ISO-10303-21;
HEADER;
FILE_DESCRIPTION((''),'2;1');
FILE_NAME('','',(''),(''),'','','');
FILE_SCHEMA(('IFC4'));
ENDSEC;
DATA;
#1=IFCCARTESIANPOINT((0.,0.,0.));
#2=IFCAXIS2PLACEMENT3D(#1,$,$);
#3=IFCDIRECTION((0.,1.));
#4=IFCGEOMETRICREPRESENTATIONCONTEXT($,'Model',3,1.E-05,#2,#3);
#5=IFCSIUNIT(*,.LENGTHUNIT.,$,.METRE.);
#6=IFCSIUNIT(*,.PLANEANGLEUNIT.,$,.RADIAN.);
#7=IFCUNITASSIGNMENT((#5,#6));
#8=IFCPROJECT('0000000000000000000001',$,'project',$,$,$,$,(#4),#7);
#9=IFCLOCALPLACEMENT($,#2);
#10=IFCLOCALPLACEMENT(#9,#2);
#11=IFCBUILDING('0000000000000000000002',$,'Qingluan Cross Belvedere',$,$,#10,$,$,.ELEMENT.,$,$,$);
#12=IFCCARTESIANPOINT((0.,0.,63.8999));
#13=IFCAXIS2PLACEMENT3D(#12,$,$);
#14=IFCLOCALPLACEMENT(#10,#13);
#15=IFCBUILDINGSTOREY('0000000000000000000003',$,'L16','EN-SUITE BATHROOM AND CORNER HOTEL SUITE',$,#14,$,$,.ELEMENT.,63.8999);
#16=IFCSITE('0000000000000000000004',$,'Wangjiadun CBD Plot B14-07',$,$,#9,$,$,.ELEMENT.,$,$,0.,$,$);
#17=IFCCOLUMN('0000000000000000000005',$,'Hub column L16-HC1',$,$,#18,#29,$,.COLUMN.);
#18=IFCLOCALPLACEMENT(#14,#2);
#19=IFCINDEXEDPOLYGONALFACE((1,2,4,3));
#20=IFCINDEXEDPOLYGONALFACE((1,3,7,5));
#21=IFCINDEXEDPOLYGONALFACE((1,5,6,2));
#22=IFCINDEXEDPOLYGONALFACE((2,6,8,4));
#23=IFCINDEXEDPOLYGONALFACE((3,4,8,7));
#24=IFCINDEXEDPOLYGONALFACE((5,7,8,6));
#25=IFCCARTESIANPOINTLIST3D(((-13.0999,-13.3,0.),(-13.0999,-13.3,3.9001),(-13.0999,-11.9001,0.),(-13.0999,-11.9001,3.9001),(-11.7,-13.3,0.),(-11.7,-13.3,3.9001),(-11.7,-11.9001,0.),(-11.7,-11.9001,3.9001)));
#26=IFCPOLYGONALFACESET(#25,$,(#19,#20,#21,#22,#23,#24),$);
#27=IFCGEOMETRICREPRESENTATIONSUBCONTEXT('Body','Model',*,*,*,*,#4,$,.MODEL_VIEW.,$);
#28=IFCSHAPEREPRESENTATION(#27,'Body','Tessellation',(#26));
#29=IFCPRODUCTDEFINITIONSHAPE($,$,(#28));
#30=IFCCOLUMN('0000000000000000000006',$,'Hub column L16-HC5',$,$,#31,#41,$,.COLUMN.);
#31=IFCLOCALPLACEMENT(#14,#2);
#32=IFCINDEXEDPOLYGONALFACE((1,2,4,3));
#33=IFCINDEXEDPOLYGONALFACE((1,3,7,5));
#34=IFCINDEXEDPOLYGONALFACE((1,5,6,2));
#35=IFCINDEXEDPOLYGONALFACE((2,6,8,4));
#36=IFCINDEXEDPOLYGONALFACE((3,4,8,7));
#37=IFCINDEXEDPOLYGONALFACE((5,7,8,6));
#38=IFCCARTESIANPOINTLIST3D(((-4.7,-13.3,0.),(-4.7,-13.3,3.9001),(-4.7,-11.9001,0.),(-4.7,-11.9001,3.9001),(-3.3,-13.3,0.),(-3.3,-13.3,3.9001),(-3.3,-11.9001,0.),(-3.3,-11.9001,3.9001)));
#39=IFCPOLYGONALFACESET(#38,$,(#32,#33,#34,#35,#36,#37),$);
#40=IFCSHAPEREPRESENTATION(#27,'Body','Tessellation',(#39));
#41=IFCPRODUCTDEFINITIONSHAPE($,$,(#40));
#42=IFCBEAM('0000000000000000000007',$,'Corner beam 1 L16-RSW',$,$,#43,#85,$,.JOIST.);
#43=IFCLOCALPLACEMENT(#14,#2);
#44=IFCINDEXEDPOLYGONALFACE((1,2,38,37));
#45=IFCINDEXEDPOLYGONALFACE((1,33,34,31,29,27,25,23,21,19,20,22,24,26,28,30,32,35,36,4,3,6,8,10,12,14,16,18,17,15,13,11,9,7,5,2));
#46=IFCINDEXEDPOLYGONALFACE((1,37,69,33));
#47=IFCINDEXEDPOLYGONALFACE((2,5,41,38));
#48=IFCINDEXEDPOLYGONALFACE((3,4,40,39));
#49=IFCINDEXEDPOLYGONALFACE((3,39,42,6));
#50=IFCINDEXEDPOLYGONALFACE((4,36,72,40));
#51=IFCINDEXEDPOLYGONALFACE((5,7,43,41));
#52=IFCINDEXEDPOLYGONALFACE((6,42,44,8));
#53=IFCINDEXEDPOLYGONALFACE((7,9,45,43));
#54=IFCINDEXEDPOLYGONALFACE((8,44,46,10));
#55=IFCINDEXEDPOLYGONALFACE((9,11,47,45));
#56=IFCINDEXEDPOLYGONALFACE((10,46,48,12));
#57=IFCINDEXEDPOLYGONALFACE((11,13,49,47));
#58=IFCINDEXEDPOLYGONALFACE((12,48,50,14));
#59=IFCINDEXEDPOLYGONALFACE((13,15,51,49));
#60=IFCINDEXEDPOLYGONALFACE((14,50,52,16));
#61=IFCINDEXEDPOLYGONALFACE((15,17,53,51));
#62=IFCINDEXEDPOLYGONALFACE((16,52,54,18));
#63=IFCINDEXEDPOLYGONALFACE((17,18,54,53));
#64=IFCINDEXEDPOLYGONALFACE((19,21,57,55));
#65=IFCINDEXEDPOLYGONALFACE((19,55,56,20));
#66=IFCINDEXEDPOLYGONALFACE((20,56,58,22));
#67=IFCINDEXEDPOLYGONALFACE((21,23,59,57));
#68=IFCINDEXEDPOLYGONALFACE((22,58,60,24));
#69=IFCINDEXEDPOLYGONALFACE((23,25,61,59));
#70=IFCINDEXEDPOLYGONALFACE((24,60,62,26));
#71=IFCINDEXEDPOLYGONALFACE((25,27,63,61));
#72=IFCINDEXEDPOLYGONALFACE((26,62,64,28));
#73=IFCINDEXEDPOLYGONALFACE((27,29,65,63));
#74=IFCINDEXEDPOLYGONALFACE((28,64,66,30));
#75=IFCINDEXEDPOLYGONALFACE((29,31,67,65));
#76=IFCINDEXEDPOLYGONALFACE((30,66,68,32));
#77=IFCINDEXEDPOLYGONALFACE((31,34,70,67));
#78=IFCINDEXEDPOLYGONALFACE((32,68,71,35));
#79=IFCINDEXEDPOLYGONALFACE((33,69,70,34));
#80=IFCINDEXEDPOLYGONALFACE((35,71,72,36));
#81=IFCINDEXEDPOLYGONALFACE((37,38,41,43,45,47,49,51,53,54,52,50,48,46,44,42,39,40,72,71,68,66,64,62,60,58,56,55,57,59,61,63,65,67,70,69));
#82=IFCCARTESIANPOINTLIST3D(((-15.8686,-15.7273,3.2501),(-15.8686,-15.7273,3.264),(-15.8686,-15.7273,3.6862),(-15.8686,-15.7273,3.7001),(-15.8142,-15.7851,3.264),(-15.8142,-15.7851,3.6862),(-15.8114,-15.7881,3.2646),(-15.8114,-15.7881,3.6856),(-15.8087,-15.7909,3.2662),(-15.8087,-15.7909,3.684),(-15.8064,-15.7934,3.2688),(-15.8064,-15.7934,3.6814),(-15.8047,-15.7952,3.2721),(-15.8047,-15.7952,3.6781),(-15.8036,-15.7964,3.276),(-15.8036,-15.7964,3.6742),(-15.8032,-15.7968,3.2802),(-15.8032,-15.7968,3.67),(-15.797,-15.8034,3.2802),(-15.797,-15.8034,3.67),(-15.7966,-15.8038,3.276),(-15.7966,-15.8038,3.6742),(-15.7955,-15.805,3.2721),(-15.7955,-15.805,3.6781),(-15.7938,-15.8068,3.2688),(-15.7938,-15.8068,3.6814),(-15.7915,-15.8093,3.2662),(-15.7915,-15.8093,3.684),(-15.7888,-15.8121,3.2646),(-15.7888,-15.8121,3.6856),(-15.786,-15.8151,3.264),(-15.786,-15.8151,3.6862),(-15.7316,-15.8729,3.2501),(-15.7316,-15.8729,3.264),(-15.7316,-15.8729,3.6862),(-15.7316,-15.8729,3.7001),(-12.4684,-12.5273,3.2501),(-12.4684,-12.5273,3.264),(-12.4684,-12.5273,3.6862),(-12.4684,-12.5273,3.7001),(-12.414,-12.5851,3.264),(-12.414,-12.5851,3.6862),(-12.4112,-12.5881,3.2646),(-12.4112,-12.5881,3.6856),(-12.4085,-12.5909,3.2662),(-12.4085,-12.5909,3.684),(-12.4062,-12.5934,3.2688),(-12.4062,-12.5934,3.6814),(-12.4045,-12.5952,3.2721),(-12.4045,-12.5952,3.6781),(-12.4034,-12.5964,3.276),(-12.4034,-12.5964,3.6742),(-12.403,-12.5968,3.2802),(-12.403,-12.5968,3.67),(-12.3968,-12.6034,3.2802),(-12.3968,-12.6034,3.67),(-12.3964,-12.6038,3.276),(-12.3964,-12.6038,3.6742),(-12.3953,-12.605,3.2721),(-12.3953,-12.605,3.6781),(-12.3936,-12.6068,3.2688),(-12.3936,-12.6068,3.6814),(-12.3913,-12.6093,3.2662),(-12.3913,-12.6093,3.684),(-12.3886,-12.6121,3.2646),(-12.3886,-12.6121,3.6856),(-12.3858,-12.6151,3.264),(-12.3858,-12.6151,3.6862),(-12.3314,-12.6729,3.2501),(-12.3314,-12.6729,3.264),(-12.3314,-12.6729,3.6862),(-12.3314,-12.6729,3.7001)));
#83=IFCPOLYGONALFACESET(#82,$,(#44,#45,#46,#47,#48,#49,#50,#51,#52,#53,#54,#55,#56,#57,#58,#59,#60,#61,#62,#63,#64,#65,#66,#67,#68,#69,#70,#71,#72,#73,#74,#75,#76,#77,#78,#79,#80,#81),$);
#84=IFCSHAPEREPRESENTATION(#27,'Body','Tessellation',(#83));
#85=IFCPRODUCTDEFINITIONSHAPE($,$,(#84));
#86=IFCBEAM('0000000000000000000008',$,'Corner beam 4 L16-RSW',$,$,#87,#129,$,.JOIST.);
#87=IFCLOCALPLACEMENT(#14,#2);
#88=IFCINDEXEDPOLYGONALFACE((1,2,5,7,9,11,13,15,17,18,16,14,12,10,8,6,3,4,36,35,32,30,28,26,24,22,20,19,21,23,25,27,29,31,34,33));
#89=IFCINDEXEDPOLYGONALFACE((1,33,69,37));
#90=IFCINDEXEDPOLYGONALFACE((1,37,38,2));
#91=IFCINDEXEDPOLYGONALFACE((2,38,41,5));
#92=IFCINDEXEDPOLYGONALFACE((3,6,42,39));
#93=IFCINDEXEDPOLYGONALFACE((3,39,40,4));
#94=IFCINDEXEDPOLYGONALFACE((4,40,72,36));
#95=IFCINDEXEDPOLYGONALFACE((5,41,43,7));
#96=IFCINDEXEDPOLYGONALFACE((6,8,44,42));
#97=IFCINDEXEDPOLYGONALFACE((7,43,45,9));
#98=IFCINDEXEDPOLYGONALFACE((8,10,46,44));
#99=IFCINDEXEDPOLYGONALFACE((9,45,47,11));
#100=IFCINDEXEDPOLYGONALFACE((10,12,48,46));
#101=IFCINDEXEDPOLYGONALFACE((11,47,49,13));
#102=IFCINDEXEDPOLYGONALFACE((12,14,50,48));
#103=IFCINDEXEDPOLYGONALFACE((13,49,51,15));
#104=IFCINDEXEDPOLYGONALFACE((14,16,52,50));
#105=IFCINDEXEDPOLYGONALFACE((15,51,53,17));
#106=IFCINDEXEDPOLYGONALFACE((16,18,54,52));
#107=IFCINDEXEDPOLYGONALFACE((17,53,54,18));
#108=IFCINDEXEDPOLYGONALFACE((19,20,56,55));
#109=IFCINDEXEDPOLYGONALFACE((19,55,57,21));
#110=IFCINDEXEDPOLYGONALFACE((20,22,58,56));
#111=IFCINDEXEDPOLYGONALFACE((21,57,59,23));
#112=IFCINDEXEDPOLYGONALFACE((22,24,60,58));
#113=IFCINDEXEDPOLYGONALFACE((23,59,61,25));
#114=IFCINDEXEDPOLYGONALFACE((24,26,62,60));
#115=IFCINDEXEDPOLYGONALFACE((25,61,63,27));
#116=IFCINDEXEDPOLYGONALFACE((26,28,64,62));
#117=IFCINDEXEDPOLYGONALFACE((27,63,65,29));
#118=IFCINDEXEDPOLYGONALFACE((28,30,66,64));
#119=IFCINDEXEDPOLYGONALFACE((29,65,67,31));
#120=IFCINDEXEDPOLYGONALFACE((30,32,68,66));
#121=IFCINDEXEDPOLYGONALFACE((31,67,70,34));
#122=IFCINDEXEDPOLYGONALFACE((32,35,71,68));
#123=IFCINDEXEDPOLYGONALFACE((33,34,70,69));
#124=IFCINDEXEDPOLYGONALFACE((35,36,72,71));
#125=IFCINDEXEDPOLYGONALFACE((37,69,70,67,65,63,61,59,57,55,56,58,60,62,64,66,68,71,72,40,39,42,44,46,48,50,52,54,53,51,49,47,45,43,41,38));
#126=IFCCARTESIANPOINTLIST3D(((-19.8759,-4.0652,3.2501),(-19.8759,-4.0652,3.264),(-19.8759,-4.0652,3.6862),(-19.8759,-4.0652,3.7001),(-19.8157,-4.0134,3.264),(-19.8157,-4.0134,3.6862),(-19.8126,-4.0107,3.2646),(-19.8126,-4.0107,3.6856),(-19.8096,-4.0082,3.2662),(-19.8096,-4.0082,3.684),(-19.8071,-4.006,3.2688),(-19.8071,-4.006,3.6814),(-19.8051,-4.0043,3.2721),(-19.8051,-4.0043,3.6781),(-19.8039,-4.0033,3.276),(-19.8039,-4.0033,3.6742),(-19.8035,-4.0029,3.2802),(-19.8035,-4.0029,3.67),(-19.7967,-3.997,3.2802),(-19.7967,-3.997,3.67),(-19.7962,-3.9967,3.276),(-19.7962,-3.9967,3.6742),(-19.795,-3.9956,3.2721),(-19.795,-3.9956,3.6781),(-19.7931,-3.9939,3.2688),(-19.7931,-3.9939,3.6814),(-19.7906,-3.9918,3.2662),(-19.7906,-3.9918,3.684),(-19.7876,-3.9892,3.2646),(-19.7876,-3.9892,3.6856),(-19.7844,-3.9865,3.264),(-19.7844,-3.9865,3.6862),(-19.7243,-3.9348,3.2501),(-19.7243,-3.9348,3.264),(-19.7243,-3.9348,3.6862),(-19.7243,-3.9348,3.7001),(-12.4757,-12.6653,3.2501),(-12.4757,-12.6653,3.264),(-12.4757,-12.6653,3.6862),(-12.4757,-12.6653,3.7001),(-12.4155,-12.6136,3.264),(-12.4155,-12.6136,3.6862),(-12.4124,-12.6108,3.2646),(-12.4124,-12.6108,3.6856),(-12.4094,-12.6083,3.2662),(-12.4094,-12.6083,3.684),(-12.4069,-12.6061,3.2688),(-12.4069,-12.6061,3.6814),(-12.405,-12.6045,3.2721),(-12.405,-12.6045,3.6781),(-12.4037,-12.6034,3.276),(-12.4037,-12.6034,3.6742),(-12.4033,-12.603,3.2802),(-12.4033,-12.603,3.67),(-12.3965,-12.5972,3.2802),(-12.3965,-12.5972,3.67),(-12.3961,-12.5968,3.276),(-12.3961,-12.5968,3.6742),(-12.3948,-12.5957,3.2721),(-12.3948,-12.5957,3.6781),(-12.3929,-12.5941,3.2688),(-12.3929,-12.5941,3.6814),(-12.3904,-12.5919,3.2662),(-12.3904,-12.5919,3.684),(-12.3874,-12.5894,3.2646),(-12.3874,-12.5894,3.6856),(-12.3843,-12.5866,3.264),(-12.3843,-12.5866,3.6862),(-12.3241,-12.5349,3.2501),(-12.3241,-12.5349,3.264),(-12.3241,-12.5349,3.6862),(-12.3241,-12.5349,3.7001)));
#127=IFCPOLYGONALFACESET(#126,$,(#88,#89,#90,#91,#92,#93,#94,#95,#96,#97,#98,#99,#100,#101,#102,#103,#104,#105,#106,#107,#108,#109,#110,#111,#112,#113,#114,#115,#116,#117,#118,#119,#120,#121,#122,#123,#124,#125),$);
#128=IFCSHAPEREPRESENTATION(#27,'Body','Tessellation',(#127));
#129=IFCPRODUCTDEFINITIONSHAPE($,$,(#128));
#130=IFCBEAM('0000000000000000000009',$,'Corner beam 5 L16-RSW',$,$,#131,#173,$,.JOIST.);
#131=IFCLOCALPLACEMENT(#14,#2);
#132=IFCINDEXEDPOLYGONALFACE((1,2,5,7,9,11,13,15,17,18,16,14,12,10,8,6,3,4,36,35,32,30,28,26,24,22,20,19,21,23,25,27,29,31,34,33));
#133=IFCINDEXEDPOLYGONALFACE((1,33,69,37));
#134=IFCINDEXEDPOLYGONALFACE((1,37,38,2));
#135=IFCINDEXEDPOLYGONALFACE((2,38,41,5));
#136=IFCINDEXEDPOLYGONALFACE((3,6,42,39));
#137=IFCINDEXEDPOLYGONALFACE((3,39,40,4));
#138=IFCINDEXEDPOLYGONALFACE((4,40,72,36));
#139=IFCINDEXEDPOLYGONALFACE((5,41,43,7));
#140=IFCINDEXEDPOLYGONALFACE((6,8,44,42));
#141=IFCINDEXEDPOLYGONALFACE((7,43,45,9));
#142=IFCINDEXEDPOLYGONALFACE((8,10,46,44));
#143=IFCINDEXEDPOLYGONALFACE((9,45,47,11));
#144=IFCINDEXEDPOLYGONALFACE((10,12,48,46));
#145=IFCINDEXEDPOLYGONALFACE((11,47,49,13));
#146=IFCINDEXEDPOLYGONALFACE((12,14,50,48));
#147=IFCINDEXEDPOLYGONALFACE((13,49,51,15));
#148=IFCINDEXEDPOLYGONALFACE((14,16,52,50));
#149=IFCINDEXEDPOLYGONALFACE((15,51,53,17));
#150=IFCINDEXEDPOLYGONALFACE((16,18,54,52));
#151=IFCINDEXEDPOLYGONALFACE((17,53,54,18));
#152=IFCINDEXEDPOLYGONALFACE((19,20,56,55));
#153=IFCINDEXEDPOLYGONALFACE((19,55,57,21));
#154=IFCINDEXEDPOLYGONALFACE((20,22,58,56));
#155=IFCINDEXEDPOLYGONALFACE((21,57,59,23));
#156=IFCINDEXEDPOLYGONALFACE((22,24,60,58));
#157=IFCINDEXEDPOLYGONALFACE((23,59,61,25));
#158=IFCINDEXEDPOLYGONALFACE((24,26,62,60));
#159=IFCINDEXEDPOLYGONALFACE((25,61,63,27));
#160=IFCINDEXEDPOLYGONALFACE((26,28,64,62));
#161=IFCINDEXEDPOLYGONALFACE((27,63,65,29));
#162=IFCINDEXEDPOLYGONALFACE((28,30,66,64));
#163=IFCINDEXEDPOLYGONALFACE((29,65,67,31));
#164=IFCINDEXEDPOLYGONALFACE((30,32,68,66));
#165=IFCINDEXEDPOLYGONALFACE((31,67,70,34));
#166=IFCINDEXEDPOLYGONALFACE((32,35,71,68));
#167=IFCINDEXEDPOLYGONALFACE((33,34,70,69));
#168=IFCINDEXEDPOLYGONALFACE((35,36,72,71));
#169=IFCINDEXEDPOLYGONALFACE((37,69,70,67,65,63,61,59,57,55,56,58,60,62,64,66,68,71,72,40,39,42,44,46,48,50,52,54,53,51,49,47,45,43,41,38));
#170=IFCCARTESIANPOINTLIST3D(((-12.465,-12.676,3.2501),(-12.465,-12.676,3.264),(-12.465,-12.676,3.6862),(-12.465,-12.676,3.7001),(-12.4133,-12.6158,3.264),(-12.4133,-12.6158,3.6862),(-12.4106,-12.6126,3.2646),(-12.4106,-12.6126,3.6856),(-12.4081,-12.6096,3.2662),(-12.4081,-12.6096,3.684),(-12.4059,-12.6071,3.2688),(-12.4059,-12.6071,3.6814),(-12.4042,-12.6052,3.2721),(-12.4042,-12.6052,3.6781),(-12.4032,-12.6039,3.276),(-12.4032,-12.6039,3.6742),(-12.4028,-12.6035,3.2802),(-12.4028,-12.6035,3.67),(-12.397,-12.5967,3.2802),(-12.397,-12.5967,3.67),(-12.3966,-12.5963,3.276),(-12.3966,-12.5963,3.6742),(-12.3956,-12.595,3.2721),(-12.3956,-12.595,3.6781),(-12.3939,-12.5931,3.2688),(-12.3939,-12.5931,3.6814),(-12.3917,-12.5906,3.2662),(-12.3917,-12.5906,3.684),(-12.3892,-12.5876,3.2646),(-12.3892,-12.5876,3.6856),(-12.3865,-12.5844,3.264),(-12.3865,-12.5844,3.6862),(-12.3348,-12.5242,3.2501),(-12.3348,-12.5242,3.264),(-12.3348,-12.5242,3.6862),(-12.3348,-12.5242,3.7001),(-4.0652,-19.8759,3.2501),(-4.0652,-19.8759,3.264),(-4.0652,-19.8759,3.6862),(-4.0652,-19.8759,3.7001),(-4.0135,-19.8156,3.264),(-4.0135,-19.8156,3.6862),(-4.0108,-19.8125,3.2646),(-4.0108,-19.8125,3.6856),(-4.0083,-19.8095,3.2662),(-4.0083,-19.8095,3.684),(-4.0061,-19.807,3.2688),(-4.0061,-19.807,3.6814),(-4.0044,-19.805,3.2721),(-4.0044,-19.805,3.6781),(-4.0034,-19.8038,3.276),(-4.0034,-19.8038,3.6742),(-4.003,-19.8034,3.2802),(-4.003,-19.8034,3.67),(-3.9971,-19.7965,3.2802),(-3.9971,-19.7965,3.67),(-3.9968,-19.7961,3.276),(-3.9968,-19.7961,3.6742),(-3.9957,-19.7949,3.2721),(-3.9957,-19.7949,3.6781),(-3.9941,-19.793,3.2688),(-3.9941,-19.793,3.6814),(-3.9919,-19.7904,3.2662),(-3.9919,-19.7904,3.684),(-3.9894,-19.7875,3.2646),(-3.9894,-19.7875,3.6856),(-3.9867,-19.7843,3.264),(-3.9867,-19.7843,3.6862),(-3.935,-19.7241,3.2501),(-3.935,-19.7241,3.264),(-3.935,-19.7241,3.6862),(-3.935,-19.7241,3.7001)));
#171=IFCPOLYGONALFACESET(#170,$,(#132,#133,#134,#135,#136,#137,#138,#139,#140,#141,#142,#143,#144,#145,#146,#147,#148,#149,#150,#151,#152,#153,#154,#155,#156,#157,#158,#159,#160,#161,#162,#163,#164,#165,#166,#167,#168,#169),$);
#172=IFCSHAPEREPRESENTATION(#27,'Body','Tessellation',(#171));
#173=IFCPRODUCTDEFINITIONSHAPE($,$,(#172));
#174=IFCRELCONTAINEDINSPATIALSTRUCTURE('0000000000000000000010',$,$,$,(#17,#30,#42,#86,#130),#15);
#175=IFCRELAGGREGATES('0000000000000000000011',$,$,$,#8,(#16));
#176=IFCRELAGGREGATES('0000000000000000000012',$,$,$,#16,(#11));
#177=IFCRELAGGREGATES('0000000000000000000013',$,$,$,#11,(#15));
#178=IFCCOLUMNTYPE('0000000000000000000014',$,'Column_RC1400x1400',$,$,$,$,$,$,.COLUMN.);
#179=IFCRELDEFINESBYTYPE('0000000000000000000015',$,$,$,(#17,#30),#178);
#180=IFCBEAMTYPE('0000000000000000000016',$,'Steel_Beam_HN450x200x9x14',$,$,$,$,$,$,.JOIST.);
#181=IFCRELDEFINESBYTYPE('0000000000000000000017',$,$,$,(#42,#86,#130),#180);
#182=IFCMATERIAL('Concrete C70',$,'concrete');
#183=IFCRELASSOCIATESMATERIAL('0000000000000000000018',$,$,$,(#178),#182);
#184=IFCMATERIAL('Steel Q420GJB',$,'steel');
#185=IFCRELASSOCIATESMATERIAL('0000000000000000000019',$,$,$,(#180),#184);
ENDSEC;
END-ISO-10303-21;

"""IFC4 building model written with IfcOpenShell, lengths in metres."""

from ifc_helpers import new_model, si_unit, direction, frame, origin, origin_2d, place, context, subcontext, project, spatial, rectangle, i_section, extrude, material, material_profile, profile_set, type_object, element, save


model = new_model("IFC4")

# Units and contexts
model_context = context("Model", 3, precision=1e-05, world=origin(), true_north=direction((0.0, 1.0)))
body_context = subcontext(model_context, "Body", "Model", "MODEL_VIEW")
ifc_project = project(units=[si_unit("LENGTHUNIT", "METRE"), si_unit("PLANEANGLEUNIT", "RADIAN")], contexts=[model_context])

# Site, building, storey
site_placement = place(None, origin())
site = spatial("IfcSite", under=ifc_project, at=site_placement, Name="Wangjiadun CBD Plot B14-07", CompositionType="ELEMENT", RefElevation=0.0)
building_placement = place(site_placement, origin())
building = spatial("IfcBuilding", under=site, at=building_placement, Name="Qingluan Cross Belvedere", CompositionType="ELEMENT")
storey_placement = place(building_placement, frame((0.0, 0.0, 63.8999)))
storey = spatial("IfcBuildingStorey", under=building, at=storey_placement, Name="L16", Description="EN-SUITE BATHROOM AND CORNER HOTEL SUITE", CompositionType="ELEMENT", Elevation=63.8999)

# Columns
ifc_material_1 = material(Name="Concrete C70", Category="concrete")
ifc_material_profile_1 = material_profile(ifc_material_1, rectangle(XDim=1.3999, YDim=1.3999, at=origin_2d()), Name="RC1400x1400")
ifc_profile_set_1 = profile_set([ifc_material_profile_1], Name="Concrete C70")
column_type = type_object("IfcColumnType", Name="Column_RC1400x1400", PredefinedType="COLUMN", material=ifc_profile_set_1)
for number, where, z_axis, x_axis, name in (
    (1, (-12.3999, -12.6001, 0.0), (0.0, 0.0, 1.0), (1.0, 0.0, 0.0), "Hub column L16-HC1"),
    (2, (-4.0, -12.6001, 0.0), (0.0, 0.0, 1.0), (1.0, 0.0, 0.0), "Hub column L16-HC5"),
):
    element("IfcColumn", number, at=place(storey_placement, frame(where, z_axis=z_axis, x_axis=x_axis)), inside=storey, type_object=column_type, Name=name, PredefinedType="COLUMN", context=body_context, shape_type="SweptSolid", body=[
        extrude(rectangle(XDim=1.3999, YDim=1.3999, at=origin_2d()), origin(), (0.0, 0.0, 1.0), 3.9001),
    ])

# Beams
ifc_material_2 = material(Name="Steel Q420GJB", Category="steel")
ifc_material_profile_2 = material_profile(ifc_material_2, i_section(OverallWidth=0.2, OverallDepth=0.45, WebThickness=0.009, FlangeThickness=0.0139, FilletRadius=0.0161, at=origin_2d()), Name="HN450x200x9x14")
ifc_profile_set_2 = profile_set([ifc_material_profile_2], Name="Steel Q420GJB")
beam_type_1 = type_object("IfcBeamType", Name="Steel_Beam_HN450x200x9x14", PredefinedType="JOIST", material=ifc_profile_set_2)
beam_1_placement = place(storey_placement, frame((-12.3999, -12.6001, 3.4751), z_axis=(-0.72822, -0.685343, 0.0), x_axis=(0.685343, -0.72822, 0.0)))
element("IfcBeam", 3, at=beam_1_placement, inside=storey, type_object=beam_type_1, Name="Corner beam 1 L16-RSW", PredefinedType="JOIST", context=body_context, shape_type="SweptSolid", body=[
    extrude(i_section(OverallWidth=0.2, OverallDepth=0.45, WebThickness=0.009, FlangeThickness=0.0139, FilletRadius=0.0161, at=origin_2d()), origin(), (0.0, 0.0, 1.0), 4.6692),
])
beam_2_placement = place(storey_placement, frame((-12.3999, -12.6001, 3.4751), z_axis=(-0.652245, 0.758008, 0.0), x_axis=(-0.758008, -0.652245, 0.0)))
element("IfcBeam", 4, at=beam_2_placement, inside=storey, type_object=beam_type_1, Name="Corner beam 4 L16-RSW", PredefinedType="JOIST", context=body_context, shape_type="SweptSolid", body=[
    extrude(i_section(OverallWidth=0.2, OverallDepth=0.45, WebThickness=0.009, FlangeThickness=0.0139, FilletRadius=0.0161, at=origin_2d()), origin(), (0.0, 0.0, 1.0), 11.3457),
])
beam_3_placement = place(storey_placement, frame((-12.3999, -12.6001, 3.4751), z_axis=(0.759255, -0.650793, 0.0), x_axis=(0.650793, 0.759255, 0.0)))
element("IfcBeam", 5, at=beam_3_placement, inside=storey, type_object=beam_type_1, Name="Corner beam 5 L16-RSW", PredefinedType="JOIST", context=body_context, shape_type="SweptSolid", body=[
    extrude(i_section(OverallWidth=0.2, OverallDepth=0.45, WebThickness=0.009, FlangeThickness=0.0139, FilletRadius=0.0161, at=origin_2d()), origin(), (0.0, 0.0, 1.0), 11.0632),
])

save(model, "model.ifc")
